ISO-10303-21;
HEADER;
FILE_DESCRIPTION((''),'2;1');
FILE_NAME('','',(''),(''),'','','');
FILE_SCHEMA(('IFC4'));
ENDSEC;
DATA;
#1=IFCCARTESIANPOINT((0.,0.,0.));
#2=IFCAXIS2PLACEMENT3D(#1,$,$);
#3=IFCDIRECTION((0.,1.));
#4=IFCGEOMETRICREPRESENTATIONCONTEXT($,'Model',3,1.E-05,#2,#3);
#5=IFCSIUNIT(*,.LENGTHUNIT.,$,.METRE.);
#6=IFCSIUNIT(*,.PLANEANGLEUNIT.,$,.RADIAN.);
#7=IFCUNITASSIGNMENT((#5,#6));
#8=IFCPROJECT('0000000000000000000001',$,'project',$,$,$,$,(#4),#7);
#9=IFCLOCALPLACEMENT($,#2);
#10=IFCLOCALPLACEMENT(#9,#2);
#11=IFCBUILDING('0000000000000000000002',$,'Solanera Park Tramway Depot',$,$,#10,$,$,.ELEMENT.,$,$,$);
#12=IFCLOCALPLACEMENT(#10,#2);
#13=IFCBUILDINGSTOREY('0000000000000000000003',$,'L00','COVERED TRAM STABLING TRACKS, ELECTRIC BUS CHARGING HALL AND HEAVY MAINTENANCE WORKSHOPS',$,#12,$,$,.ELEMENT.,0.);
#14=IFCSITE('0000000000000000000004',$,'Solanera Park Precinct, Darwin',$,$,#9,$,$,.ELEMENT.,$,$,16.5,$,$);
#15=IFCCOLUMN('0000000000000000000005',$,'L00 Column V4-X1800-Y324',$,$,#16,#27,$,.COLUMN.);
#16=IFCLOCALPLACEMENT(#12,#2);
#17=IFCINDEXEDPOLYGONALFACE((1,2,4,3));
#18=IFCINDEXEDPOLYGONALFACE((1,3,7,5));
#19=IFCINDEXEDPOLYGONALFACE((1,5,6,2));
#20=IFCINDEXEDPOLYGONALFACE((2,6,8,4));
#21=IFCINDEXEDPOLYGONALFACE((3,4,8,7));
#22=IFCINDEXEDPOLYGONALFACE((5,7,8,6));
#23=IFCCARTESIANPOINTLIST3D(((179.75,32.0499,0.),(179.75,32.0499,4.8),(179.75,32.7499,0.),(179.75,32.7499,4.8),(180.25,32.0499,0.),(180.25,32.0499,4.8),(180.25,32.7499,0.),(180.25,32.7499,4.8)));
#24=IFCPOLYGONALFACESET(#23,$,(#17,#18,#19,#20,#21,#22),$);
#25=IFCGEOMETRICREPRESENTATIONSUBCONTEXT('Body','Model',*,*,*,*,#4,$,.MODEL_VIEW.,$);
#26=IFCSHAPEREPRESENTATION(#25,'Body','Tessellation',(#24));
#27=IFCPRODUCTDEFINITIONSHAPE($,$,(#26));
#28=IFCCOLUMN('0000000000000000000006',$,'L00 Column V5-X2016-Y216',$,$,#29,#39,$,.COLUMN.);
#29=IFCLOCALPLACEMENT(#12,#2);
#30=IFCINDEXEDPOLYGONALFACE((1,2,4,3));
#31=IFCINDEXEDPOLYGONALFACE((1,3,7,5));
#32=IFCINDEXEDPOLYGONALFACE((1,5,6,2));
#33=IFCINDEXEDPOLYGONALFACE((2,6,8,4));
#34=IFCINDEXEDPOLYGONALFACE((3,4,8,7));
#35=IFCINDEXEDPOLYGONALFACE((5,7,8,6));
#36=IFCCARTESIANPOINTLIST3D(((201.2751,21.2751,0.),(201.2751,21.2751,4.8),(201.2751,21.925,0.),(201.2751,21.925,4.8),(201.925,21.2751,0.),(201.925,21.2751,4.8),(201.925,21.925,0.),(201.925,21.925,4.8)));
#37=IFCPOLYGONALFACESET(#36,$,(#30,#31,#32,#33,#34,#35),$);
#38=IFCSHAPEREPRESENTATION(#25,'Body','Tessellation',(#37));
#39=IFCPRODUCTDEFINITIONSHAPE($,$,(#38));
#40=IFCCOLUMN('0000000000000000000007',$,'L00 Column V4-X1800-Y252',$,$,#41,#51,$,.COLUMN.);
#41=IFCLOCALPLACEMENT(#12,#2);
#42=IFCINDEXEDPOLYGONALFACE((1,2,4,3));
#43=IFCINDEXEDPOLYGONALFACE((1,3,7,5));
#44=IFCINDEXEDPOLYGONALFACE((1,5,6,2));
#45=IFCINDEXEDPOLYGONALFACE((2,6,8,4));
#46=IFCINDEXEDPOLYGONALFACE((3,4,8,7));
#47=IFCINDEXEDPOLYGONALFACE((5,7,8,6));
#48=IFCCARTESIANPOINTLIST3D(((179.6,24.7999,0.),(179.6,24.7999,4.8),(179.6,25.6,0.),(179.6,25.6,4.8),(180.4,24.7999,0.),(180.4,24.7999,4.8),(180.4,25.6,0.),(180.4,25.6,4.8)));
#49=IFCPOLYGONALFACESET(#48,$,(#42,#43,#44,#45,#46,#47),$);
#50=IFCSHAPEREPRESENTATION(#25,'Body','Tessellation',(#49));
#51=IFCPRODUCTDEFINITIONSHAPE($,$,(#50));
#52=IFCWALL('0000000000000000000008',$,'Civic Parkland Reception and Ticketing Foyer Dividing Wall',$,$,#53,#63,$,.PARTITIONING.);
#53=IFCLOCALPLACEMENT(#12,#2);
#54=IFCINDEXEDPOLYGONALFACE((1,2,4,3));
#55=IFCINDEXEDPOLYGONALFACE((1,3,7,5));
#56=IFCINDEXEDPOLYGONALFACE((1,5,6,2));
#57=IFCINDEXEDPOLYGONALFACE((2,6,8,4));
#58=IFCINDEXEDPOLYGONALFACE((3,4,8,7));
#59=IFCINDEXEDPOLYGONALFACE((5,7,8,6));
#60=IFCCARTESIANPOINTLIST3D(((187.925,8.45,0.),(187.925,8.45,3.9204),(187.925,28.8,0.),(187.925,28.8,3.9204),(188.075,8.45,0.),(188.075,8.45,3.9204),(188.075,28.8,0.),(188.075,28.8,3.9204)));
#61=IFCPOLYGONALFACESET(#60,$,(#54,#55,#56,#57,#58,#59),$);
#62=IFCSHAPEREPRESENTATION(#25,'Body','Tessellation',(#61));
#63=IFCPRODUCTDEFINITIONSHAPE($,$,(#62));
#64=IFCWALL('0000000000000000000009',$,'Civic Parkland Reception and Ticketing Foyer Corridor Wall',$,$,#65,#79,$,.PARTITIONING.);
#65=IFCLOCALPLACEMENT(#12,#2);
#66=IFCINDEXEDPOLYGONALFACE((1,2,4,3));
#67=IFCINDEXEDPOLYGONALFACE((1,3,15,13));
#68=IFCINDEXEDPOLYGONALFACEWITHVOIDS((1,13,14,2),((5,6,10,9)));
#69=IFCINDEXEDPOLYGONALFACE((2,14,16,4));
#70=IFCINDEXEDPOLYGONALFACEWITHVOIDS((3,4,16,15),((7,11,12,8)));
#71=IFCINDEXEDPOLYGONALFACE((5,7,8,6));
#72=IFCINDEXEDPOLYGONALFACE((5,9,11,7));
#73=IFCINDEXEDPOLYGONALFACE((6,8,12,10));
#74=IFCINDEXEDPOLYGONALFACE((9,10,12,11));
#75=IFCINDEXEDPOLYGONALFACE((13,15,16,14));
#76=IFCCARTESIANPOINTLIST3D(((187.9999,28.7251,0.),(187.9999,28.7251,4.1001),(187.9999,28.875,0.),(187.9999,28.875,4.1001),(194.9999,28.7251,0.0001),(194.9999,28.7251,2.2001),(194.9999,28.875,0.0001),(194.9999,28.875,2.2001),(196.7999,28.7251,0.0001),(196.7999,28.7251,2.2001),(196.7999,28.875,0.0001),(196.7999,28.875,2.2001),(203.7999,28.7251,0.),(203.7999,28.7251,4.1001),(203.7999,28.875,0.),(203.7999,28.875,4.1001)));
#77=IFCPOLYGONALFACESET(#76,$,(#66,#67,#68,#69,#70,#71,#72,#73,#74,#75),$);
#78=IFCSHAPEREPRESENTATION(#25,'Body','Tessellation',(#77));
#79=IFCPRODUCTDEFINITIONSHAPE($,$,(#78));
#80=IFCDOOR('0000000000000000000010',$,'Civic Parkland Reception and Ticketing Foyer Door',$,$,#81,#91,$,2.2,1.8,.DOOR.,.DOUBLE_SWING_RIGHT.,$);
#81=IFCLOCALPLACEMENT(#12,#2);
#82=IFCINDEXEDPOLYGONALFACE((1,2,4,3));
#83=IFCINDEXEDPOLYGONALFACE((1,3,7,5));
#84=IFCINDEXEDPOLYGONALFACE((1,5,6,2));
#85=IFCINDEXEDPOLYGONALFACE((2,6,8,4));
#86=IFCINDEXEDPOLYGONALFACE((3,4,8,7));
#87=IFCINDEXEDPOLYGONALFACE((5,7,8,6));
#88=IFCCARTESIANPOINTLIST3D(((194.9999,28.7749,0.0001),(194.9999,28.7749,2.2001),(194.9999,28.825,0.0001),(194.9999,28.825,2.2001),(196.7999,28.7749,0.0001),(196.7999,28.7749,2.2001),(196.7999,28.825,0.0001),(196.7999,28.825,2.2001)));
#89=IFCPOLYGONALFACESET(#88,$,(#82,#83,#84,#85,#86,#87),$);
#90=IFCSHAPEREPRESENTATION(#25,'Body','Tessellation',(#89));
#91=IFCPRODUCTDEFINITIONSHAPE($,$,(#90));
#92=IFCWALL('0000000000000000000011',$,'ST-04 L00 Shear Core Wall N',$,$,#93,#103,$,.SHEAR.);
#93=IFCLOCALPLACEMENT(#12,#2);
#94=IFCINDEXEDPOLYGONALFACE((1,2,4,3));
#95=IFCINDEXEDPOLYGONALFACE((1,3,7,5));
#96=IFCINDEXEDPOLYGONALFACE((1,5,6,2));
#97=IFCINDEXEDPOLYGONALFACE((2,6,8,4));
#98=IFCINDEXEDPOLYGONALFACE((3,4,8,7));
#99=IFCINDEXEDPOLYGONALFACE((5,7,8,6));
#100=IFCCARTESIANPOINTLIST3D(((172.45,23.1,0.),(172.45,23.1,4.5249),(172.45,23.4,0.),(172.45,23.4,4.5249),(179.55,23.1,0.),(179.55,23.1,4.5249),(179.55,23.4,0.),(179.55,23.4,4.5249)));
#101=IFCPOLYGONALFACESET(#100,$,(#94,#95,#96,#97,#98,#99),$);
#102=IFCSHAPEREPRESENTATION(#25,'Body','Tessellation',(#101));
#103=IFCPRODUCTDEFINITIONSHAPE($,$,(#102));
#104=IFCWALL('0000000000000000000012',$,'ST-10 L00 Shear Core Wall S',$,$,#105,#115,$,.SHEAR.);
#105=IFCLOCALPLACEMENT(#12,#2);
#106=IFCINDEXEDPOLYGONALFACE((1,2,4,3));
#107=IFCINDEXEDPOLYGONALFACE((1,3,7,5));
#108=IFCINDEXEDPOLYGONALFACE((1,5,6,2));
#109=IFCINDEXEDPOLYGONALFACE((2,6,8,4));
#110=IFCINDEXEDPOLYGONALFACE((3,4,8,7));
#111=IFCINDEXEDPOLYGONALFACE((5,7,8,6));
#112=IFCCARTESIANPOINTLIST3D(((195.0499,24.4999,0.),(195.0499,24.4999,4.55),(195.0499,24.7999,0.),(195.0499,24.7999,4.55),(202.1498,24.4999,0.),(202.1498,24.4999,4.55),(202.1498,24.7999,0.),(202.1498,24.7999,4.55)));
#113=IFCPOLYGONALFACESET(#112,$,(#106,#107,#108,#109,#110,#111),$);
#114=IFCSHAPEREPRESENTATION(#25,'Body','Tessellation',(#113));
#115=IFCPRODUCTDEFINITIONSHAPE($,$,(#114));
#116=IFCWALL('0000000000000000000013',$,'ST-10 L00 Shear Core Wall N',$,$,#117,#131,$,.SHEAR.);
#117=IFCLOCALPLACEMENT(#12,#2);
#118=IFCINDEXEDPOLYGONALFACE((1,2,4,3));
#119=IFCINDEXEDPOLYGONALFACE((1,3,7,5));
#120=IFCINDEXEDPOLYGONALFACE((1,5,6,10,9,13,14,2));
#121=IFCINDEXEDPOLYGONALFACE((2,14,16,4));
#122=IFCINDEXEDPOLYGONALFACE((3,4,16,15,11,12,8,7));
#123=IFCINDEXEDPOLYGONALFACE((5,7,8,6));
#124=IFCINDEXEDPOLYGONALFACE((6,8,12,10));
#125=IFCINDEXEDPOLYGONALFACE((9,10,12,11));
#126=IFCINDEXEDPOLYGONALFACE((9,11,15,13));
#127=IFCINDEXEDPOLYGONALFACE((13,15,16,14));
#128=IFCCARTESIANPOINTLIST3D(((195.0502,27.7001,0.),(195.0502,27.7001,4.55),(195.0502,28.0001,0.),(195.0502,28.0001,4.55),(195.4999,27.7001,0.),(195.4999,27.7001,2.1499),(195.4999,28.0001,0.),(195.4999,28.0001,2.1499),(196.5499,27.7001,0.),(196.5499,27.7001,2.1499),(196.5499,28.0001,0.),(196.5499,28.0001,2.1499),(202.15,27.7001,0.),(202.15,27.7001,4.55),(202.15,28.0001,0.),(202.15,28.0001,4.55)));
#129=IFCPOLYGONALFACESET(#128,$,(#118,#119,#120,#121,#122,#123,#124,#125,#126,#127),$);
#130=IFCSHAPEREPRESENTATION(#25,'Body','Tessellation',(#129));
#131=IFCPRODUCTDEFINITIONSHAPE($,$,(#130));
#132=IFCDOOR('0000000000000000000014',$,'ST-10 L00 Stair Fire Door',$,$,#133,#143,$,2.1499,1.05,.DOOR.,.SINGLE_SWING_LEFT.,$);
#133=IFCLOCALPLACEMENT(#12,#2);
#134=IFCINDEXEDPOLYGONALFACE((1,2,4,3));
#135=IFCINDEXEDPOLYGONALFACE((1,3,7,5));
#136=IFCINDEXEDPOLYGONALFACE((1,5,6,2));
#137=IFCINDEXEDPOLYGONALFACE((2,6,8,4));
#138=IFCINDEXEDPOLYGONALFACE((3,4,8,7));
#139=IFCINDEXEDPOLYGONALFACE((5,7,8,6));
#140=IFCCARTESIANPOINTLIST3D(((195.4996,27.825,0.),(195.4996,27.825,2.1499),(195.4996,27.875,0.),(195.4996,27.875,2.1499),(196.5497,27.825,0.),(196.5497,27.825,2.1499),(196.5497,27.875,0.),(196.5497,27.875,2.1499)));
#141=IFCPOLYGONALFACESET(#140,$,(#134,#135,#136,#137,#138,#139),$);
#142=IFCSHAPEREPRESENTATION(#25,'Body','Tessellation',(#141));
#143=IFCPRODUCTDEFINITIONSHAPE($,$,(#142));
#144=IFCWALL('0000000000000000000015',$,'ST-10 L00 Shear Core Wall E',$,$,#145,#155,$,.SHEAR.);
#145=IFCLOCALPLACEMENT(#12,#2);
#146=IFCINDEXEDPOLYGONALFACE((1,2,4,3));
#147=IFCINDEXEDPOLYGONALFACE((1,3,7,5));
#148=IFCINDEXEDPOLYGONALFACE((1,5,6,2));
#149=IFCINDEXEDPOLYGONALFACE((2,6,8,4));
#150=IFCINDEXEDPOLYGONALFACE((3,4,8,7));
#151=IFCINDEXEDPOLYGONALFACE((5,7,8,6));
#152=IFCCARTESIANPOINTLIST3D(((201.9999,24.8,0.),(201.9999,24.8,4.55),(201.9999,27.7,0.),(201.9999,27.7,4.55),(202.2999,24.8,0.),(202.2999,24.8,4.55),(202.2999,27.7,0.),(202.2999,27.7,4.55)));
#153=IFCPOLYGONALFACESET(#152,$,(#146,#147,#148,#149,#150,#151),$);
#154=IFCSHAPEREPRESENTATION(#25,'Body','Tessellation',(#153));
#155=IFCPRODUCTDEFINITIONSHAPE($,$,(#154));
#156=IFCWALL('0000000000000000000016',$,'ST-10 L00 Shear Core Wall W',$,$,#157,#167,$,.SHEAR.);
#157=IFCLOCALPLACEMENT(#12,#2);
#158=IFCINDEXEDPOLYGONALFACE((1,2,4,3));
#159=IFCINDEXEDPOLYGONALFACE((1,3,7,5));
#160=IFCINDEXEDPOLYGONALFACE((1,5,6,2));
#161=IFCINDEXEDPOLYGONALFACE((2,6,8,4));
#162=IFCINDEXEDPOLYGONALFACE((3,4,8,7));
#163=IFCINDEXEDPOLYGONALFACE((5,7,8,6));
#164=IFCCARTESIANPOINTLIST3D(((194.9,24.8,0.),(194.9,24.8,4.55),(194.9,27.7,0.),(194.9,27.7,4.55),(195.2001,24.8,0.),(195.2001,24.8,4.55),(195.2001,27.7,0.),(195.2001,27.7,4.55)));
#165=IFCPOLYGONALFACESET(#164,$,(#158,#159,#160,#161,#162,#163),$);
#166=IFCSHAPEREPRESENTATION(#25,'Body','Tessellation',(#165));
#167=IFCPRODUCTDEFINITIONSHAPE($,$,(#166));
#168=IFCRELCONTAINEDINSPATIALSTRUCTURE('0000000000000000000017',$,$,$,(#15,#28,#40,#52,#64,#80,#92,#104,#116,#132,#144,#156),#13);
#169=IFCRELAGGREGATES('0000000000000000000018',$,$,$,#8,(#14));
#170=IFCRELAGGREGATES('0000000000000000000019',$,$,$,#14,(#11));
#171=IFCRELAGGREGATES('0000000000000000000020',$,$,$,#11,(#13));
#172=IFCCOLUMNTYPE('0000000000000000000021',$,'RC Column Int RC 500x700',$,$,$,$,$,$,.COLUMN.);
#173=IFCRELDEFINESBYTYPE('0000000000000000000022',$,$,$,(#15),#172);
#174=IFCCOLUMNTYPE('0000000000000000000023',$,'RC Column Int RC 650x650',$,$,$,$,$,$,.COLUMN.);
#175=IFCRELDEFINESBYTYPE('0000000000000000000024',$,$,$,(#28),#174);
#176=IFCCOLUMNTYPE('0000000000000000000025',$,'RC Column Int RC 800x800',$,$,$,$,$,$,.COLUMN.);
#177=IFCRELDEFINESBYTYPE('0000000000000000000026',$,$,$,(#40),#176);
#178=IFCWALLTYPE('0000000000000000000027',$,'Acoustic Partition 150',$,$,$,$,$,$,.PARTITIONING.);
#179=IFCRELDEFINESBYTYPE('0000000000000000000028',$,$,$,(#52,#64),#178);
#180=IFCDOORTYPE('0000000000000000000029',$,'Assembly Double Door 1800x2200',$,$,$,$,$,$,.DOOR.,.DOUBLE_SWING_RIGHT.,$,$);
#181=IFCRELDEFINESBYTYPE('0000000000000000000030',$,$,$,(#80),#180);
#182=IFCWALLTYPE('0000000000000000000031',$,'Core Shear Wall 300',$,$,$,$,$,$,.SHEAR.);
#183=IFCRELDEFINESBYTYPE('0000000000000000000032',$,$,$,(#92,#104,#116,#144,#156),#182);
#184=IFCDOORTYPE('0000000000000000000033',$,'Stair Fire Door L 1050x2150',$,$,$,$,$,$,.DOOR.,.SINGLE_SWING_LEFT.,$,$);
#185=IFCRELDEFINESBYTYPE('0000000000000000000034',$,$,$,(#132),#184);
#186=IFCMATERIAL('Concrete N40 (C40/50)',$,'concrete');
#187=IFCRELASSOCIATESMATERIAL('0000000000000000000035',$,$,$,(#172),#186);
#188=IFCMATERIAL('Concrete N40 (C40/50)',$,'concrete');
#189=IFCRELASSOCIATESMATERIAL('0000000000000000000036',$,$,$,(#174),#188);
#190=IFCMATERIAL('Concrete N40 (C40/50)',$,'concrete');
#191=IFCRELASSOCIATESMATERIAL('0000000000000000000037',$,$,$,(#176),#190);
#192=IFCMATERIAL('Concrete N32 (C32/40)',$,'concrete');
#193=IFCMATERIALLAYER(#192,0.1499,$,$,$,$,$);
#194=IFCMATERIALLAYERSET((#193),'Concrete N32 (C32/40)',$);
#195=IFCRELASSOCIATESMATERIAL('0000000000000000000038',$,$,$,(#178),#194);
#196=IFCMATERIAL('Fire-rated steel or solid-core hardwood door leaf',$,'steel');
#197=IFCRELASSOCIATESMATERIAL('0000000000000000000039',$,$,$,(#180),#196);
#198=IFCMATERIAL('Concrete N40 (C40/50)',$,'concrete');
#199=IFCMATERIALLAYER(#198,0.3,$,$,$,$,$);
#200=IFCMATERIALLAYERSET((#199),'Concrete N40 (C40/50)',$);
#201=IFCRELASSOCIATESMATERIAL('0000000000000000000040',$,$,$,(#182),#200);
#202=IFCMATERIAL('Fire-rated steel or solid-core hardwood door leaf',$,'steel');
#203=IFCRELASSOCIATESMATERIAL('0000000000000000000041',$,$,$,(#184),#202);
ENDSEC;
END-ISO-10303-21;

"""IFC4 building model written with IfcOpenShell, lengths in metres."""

from ifc_helpers import new_model, si_unit, direction, frame, frame_2d, origin, origin_2d, place, context, subcontext, project, spatial, rectangle, extrude, material, layer, layer_set, material_profile, profile_set, type_object, element, fill, save


model = new_model("IFC4")

# Units and contexts
model_context = context("Model", 3, precision=1e-05, world=origin(), true_north=direction((0.0, 1.0)))
body_context = subcontext(model_context, "Body", "Model", "MODEL_VIEW")
ifc_project = project(units=[si_unit("LENGTHUNIT", "METRE"), si_unit("PLANEANGLEUNIT", "RADIAN")], contexts=[model_context])

# Site, building, storey
site_placement = place(None, origin())
site = spatial("IfcSite", under=ifc_project, at=site_placement, Name="Solanera Park Precinct, Darwin", CompositionType="ELEMENT", RefElevation=16.5)
building_placement = place(site_placement, origin())
building = spatial("IfcBuilding", under=site, at=building_placement, Name="Solanera Park Tramway Depot", CompositionType="ELEMENT")
storey_placement = place(building_placement, origin())
storey = spatial("IfcBuildingStorey", under=building, at=storey_placement, Name="L00", Description="COVERED TRAM STABLING TRACKS, ELECTRIC BUS CHARGING HALL AND HEAVY MAINTENANCE WORKSHOPS", CompositionType="ELEMENT", Elevation=0.0)

# Columns
ifc_material_1 = material(Name="Concrete N40 (C40/50)", Category="concrete")
ifc_material_profile_1 = material_profile(ifc_material_1, rectangle(XDim=0.5, YDim=0.7, at=origin_2d()), Name="RC 500x700")
ifc_profile_set_1 = profile_set([ifc_material_profile_1], Name="Concrete N40 (C40/50)")
column_type_1 = type_object("IfcColumnType", Name="RC Column Int RC 500x700", PredefinedType="COLUMN", material=ifc_profile_set_1)
column_1_placement = place(storey_placement, frame((180.0, 32.3999, 0.0), z_axis=(0.0, 0.0, 1.0), x_axis=(1.0, 0.0, 0.0)))
element("IfcColumn", 1, at=column_1_placement, inside=storey, type_object=column_type_1, Name="L00 Column V4-X1800-Y324", PredefinedType="COLUMN", context=body_context, shape_type="SweptSolid", body=[
    extrude(rectangle(XDim=0.5, YDim=0.7, at=origin_2d()), origin(), (0.0, 0.0, 1.0), 4.8),
])
ifc_material_2 = material(Name="Concrete N40 (C40/50)", Category="concrete")
ifc_material_profile_2 = material_profile(ifc_material_2, rectangle(XDim=0.6499, YDim=0.6499, at=origin_2d()), Name="RC 650x650")
ifc_profile_set_2 = profile_set([ifc_material_profile_2], Name="Concrete N40 (C40/50)")
column_type_2 = type_object("IfcColumnType", Name="RC Column Int RC 650x650", PredefinedType="COLUMN", material=ifc_profile_set_2)
column_2_placement = place(storey_placement, frame((201.6001, 21.6001, 0.0), z_axis=(0.0, 0.0, 1.0), x_axis=(1.0, 0.0, 0.0)))
element("IfcColumn", 2, at=column_2_placement, inside=storey, type_object=column_type_2, Name="L00 Column V5-X2016-Y216", PredefinedType="COLUMN", context=body_context, shape_type="SweptSolid", body=[
    extrude(rectangle(XDim=0.6499, YDim=0.6499, at=origin_2d()), origin(), (0.0, 0.0, 1.0), 4.8),
])
ifc_material_3 = material(Name="Concrete N40 (C40/50)", Category="concrete")
ifc_material_profile_3 = material_profile(ifc_material_3, rectangle(XDim=0.8, YDim=0.8, at=origin_2d()), Name="RC 800x800")
ifc_profile_set_3 = profile_set([ifc_material_profile_3], Name="Concrete N40 (C40/50)")
column_type_3 = type_object("IfcColumnType", Name="RC Column Int RC 800x800", PredefinedType="COLUMN", material=ifc_profile_set_3)
column_3_placement = place(storey_placement, frame((180.0, 25.2, 0.0), z_axis=(0.0, 0.0, 1.0), x_axis=(1.0, 0.0, 0.0)))
element("IfcColumn", 3, at=column_3_placement, inside=storey, type_object=column_type_3, Name="L00 Column V4-X1800-Y252", PredefinedType="COLUMN", context=body_context, shape_type="SweptSolid", body=[
    extrude(rectangle(XDim=0.8, YDim=0.8, at=origin_2d()), origin(), (0.0, 0.0, 1.0), 4.8),
])

# Wall
ifc_material_4 = material(Name="Concrete N32 (C32/40)", Category="concrete")
ifc_layer_1 = layer(ifc_material_4, 0.1499)
ifc_layer_set_1 = layer_set([ifc_layer_1], Name="Concrete N32 (C32/40)")
wall_type_1 = type_object("IfcWallType", Name="Acoustic Partition 150", PredefinedType="PARTITIONING", material=ifc_layer_set_1)
wall_1_placement = place(storey_placement, frame((188.0, 28.8, 0.0), z_axis=(0.0, 0.0, 1.0), x_axis=(0.0, -1.0, 0.0)))
element("IfcWall", 4, at=wall_1_placement, inside=storey, type_object=wall_type_1, Name="Civic Parkland Reception and Ticketing Foyer Dividing Wall", PredefinedType="PARTITIONING", context=body_context, shape_type="SweptSolid", body=[
    extrude(rectangle(XDim=20.3501, YDim=0.1499, at=frame_2d((10.175, 0.0))), origin(), (0.0, 0.0, 1.0), 3.9204),
])

# Wall, opening, door
wall_2_placement = place(storey_placement, frame((188.0, 28.8, 0.0), z_axis=(0.0, 0.0, 1.0), x_axis=(1.0, 0.0, 0.0)))
wall_2 = element("IfcWall", 5, at=wall_2_placement, inside=storey, type_object=wall_type_1, Name="Civic Parkland Reception and Ticketing Foyer Corridor Wall", PredefinedType="PARTITIONING", context=body_context, shape_type="SweptSolid", body=[
    extrude(rectangle(XDim=15.8, YDim=0.1499, at=frame_2d((7.8999, 0.0))), origin(), (0.0, 0.0, 1.0), 4.1001),
])
opening_1_placement = place(wall_2_placement, frame((7.0, 0.0, 0.0)))
opening_1 = element("IfcOpeningElement", 6, at=opening_1_placement, cuts=wall_2, PredefinedType="OPENING", context=body_context, shape_type="SweptSolid", body=[
    extrude(rectangle(XDim=1.8, YDim=2.2, at=frame_2d((0.8999, 1.1001))), frame((0.0, 0.085, 0.0), z_axis=(0.0, -1.0, 0.0), x_axis=(1.0, 0.0, 0.0)), (0.0, 0.0, 1.0), 0.1699),
])
ifc_material_5 = material(Name="Fire-rated steel or solid-core hardwood door leaf", Category="steel")
door_type_1 = type_object("IfcDoorType", Name="Assembly Double Door 1800x2200", OperationType="DOUBLE_SWING_RIGHT", PredefinedType="DOOR", material=ifc_material_5)
door_1_placement = place(opening_1_placement, origin())
door_1 = element("IfcDoor", 7, at=door_1_placement, inside=storey, type_object=door_type_1, Name="Civic Parkland Reception and Ticketing Foyer Door", OperationType="DOUBLE_SWING_RIGHT", OverallHeight=2.2, OverallWidth=1.8, PredefinedType="DOOR", context=body_context, shape_type="SweptSolid", body=[
    extrude(rectangle(XDim=1.8, YDim=2.2, at=frame_2d((0.8999, 1.1001))), frame((0.0, 0.0249, 0.0), z_axis=(0.0, -1.0, 0.0), x_axis=(1.0, 0.0, 0.0)), (0.0, 0.0, 1.0), 0.05),
])
fill(opening_1, door_1)

# Walls
ifc_material_6 = material(Name="Concrete N40 (C40/50)", Category="concrete")
ifc_layer_2 = layer(ifc_material_6, 0.3)
ifc_layer_set_2 = layer_set([ifc_layer_2], Name="Concrete N40 (C40/50)")
wall_type_2 = type_object("IfcWallType", Name="Core Shear Wall 300", PredefinedType="SHEAR", material=ifc_layer_set_2)
wall_3_placement = place(storey_placement, frame((179.55, 23.25, 0.0), z_axis=(0.0, 0.0, 1.0), x_axis=(-1.0, 0.0, 0.0)))
element("IfcWall", 8, at=wall_3_placement, inside=storey, type_object=wall_type_2, Name="ST-04 L00 Shear Core Wall N", PredefinedType="SHEAR", context=body_context, shape_type="SweptSolid", body=[
    extrude(rectangle(XDim=7.1001, YDim=0.3, at=frame_2d((3.55, 0.0))), origin(), (0.0, 0.0, 1.0), 4.5249),
])
wall_4_placement = place(storey_placement, frame((195.05, 24.6499, 0.0), z_axis=(0.0, 0.0, 1.0), x_axis=(1.0, 0.0, 0.0)))
element("IfcWall", 9, at=wall_4_placement, inside=storey, type_object=wall_type_2, Name="ST-10 L00 Shear Core Wall S", PredefinedType="SHEAR", context=body_context, shape_type="SweptSolid", body=[
    extrude(rectangle(XDim=7.0999, YDim=0.3, at=frame_2d((3.5498, 0.0))), origin(), (0.0, 0.0, 1.0), 4.55),
])

# Wall, opening, door
wall_5_placement = place(storey_placement, frame((202.1499, 27.8501, 0.0), z_axis=(0.0, 0.0, 1.0), x_axis=(-1.0, 0.0, 0.0)))
wall_5 = element("IfcWall", 10, at=wall_5_placement, inside=storey, type_object=wall_type_2, Name="ST-10 L00 Shear Core Wall N", PredefinedType="SHEAR", context=body_context, shape_type="SweptSolid", body=[
    extrude(rectangle(XDim=7.0999, YDim=0.3, at=frame_2d((3.5498, 0.0))), origin(), (0.0, 0.0, 1.0), 4.55),
])
opening_2_placement = place(wall_5_placement, frame((5.6001, 0.0, 0.0)))
opening_2 = element("IfcOpeningElement", 11, at=opening_2_placement, cuts=wall_5, PredefinedType="OPENING", context=body_context, shape_type="SweptSolid", body=[
    extrude(rectangle(XDim=1.05, YDim=2.1499, at=frame_2d((0.5249, 1.075))), frame((0.0, 0.1602, 0.0), z_axis=(0.0, -1.0, 0.0), x_axis=(1.0, 0.0, 0.0)), (0.0, 0.0, 1.0), 0.3201),
])
ifc_material_7 = material(Name="Fire-rated steel or solid-core hardwood door leaf", Category="steel")
door_type_2 = type_object("IfcDoorType", Name="Stair Fire Door L 1050x2150", OperationType="SINGLE_SWING_LEFT", PredefinedType="DOOR", material=ifc_material_7)
door_2_placement = place(opening_2_placement, frame((1.05, 0.0, 0.0), z_axis=(0.0, 0.0, 1.0), x_axis=(-1.0, 0.0, 0.0)))
door_2 = element("IfcDoor", 12, at=door_2_placement, inside=storey, type_object=door_type_2, Name="ST-10 L00 Stair Fire Door", OperationType="SINGLE_SWING_LEFT", OverallHeight=2.1499, OverallWidth=1.05, PredefinedType="DOOR", context=body_context, shape_type="SweptSolid", body=[
    extrude(rectangle(XDim=1.05, YDim=2.1499, at=frame_2d((0.5249, 1.075))), frame((0.0, 0.0249, 0.0), z_axis=(0.0, -1.0, 0.0), x_axis=(1.0, 0.0, 0.0)), (0.0, 0.0, 1.0), 0.05),
])
fill(opening_2, door_2)

# Walls
for number, where, z_axis, x_axis, name in (
    (13, (202.1499, 24.8, 0.0), (0.0, 0.0, 1.0), (0.0, 1.0, 0.0), "ST-10 L00 Shear Core Wall E"),
    (14, (195.05, 27.7, 0.0), (0.0, 0.0, 1.0), (0.0, -1.0, 0.0), "ST-10 L00 Shear Core Wall W"),
):
    element("IfcWall", number, at=place(storey_placement, frame(where, z_axis=z_axis, x_axis=x_axis)), inside=storey, type_object=wall_type_2, Name=name, PredefinedType="SHEAR", context=body_context, shape_type="SweptSolid", body=[
        extrude(rectangle(XDim=2.8999, YDim=0.3, at=frame_2d((1.45, 0.0))), origin(), (0.0, 0.0, 1.0), 4.55),
    ])

save(model, "model.ifc")
